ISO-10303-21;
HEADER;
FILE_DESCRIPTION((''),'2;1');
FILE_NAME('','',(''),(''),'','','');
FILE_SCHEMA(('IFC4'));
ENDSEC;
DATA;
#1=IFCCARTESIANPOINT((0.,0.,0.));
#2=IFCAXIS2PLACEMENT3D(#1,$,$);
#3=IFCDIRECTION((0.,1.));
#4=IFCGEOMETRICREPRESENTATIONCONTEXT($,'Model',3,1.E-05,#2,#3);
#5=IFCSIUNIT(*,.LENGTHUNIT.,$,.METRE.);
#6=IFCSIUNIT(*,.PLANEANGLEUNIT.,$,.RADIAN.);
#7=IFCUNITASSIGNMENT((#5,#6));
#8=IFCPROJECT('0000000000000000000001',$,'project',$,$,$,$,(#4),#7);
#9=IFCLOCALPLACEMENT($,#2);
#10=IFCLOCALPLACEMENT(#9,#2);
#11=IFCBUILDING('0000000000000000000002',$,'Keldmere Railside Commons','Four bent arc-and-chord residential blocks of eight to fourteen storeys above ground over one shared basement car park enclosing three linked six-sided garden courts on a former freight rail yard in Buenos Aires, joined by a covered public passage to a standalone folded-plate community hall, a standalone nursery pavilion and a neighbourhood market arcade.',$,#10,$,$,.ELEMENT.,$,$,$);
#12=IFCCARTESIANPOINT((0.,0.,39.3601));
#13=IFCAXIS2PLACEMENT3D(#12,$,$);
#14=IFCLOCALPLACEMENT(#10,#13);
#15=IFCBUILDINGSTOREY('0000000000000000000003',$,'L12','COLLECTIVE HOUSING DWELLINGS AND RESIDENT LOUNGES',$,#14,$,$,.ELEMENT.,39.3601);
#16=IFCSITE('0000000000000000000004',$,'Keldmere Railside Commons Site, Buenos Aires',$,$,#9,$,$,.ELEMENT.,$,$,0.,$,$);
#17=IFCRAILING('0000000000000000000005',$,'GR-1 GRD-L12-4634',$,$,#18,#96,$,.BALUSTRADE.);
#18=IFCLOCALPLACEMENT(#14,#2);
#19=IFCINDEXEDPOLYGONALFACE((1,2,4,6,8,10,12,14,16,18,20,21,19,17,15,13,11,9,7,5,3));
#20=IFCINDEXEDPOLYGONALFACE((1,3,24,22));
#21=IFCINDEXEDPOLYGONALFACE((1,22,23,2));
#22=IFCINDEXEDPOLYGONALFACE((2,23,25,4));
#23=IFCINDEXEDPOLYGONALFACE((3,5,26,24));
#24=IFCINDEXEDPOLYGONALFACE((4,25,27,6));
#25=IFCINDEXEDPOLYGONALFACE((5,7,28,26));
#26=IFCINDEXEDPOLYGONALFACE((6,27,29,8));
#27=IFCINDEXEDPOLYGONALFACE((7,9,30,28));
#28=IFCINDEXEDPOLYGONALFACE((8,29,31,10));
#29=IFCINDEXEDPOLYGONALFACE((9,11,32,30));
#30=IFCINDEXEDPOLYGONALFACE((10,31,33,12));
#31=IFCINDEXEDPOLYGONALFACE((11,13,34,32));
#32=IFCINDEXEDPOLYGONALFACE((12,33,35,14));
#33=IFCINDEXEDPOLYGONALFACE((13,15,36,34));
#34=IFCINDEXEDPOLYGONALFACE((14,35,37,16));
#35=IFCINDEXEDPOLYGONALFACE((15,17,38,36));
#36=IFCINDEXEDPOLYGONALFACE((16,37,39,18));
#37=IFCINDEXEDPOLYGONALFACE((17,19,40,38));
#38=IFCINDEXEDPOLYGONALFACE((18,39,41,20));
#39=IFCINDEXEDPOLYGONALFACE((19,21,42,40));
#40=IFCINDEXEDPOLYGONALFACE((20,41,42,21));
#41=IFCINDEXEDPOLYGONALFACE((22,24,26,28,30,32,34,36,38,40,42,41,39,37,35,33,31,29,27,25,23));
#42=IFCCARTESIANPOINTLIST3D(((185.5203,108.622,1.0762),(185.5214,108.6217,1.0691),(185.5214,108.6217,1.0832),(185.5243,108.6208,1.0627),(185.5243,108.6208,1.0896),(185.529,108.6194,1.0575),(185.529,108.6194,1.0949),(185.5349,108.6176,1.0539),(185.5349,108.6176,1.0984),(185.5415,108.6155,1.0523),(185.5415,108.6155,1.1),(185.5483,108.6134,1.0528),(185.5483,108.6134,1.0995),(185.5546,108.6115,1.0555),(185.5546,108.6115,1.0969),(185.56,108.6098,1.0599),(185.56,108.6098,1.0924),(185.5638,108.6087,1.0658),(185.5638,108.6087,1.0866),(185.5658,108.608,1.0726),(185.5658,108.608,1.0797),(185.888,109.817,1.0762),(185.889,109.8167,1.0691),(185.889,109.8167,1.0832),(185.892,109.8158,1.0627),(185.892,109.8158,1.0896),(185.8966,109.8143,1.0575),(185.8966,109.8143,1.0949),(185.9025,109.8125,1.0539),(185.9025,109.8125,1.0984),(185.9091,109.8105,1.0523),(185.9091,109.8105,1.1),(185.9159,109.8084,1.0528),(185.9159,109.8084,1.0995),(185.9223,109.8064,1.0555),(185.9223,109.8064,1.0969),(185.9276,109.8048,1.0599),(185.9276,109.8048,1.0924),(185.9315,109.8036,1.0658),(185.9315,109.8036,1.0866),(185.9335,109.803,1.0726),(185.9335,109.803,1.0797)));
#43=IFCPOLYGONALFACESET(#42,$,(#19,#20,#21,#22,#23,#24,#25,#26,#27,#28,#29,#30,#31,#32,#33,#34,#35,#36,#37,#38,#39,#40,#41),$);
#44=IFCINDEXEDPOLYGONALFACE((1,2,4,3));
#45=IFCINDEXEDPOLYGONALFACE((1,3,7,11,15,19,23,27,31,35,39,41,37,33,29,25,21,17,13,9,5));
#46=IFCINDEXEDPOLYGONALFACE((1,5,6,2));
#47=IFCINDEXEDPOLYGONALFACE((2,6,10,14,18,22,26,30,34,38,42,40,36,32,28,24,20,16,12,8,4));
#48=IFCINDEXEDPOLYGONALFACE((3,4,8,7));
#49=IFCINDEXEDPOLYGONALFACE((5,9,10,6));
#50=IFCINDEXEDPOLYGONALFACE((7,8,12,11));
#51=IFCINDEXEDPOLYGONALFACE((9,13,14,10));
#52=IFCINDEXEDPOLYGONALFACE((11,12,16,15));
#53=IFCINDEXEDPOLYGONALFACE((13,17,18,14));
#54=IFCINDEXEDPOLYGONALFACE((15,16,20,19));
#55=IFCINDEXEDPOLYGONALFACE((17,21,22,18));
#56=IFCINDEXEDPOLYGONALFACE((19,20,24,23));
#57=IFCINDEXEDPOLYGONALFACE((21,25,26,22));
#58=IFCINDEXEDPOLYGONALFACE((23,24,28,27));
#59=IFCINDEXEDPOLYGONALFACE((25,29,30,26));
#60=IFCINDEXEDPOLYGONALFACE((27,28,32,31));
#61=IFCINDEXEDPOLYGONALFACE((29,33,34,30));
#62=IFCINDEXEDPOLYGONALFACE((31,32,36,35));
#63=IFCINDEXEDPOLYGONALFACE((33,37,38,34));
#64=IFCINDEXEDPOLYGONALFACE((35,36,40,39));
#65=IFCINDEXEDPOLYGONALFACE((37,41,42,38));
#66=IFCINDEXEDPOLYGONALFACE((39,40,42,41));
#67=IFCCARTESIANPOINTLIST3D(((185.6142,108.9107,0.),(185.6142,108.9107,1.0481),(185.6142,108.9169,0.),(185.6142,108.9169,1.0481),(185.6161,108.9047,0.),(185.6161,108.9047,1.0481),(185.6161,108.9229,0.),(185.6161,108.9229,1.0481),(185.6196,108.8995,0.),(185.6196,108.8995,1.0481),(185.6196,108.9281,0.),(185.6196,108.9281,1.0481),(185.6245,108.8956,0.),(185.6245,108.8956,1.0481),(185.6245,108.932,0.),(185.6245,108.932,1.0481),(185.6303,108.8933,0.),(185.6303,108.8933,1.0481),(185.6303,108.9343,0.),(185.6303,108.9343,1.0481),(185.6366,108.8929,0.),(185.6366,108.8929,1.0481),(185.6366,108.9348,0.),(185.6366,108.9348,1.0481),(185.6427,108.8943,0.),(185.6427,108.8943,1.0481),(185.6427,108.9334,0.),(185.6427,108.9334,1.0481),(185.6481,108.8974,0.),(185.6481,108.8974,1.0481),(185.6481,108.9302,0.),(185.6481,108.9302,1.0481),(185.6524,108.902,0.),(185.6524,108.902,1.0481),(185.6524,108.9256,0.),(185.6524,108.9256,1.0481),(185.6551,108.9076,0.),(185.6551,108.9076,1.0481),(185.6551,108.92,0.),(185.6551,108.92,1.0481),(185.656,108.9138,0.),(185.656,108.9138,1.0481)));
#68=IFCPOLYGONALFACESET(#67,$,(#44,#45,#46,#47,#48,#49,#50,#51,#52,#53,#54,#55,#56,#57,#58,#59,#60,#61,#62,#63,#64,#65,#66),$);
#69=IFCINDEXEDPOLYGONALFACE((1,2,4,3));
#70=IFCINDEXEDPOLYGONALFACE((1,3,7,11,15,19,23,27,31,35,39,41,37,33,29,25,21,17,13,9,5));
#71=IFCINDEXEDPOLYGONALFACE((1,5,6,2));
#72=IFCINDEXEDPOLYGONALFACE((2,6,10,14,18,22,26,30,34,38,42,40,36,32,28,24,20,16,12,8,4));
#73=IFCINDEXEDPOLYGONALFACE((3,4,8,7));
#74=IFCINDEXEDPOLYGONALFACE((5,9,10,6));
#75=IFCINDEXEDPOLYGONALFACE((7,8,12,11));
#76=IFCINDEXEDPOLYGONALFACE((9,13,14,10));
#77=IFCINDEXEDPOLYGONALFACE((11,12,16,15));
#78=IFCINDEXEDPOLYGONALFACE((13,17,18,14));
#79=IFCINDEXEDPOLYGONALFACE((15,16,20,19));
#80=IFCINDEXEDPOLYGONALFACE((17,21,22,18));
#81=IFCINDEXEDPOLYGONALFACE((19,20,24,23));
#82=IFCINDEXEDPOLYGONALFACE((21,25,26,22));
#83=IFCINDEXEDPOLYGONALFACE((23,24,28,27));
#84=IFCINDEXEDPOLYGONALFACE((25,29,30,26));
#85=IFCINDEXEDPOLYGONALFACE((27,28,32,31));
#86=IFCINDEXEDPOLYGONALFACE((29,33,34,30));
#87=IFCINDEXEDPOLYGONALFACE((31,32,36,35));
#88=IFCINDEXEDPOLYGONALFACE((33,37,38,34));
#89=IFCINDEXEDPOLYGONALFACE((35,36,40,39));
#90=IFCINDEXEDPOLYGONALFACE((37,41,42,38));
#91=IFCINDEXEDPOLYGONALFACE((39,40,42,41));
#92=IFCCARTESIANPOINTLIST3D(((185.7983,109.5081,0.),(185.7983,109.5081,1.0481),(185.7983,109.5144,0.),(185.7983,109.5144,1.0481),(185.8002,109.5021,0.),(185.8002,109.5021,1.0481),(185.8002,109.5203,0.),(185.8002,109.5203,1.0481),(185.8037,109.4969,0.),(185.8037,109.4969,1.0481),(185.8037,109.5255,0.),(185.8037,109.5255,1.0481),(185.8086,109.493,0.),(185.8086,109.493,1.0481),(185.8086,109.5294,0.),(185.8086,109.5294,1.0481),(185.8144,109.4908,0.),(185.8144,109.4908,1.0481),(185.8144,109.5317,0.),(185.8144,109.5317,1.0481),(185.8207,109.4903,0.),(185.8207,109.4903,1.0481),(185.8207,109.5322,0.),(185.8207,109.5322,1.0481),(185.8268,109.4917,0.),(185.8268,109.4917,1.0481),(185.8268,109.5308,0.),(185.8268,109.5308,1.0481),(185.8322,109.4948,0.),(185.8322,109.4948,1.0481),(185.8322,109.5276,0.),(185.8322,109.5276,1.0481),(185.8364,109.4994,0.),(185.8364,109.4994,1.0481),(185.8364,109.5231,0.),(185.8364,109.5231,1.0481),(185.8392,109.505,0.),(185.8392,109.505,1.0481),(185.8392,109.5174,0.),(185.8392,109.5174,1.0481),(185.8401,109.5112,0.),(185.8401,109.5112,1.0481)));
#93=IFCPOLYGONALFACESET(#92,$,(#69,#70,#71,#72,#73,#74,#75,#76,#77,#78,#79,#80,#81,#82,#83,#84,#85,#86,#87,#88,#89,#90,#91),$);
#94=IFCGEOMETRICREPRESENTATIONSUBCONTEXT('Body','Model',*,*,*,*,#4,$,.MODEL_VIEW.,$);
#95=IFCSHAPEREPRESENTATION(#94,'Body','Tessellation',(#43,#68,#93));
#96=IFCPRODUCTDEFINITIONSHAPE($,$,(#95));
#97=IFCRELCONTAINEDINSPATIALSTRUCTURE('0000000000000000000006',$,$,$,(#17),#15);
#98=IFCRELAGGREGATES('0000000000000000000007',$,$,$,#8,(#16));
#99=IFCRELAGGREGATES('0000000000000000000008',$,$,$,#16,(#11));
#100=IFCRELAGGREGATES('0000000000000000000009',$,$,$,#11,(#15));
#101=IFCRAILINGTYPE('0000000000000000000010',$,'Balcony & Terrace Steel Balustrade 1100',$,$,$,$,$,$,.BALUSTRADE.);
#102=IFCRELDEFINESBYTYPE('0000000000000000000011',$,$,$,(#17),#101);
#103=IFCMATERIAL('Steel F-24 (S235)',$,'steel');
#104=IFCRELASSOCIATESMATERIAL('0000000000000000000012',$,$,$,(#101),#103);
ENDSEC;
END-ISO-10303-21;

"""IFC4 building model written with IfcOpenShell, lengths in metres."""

from ifc_helpers import new_model, si_unit, direction, frame, origin, origin_2d, place, context, subcontext, project, spatial, circle, extrude, material, type_object, element, save


model = new_model("IFC4")

# Units and contexts
model_context = context("Model", 3, precision=1e-05, world=origin(), true_north=direction((0.0, 1.0)))
body_context = subcontext(model_context, "Body", "Model", "MODEL_VIEW")
ifc_project = project(units=[si_unit("LENGTHUNIT", "METRE"), si_unit("PLANEANGLEUNIT", "RADIAN")], contexts=[model_context])

# Site, building, storey
site_placement = place(None, origin())
site = spatial("IfcSite", under=ifc_project, at=site_placement, Name="Keldmere Railside Commons Site, Buenos Aires", CompositionType="ELEMENT", RefElevation=0.0)
building_placement = place(site_placement, origin())
building = spatial("IfcBuilding", under=site, at=building_placement, Name="Keldmere Railside Commons", Description="Four bent arc-and-chord residential blocks of eight to fourteen storeys above ground over one shared basement car park enclosing three linked six-sided garden courts on a former freight rail yard in Buenos Aires, joined by a covered public passage to a standalone folded-plate community hall, a standalone nursery pavilion and a neighbourhood market arcade.", CompositionType="ELEMENT")
storey_placement = place(building_placement, frame((0.0, 0.0, 39.3601)))
storey = spatial("IfcBuildingStorey", under=building, at=storey_placement, Name="L12", Description="COLLECTIVE HOUSING DWELLINGS AND RESIDENT LOUNGES", CompositionType="ELEMENT", Elevation=39.3601)

# Railing
ifc_material_1 = material(Name="Steel F-24 (S235)", Category="steel")
railing_type = type_object("IfcRailingType", Name="Balcony & Terrace Steel Balustrade 1100", PredefinedType="BALUSTRADE", material=ifc_material_1)
railing_1_placement = place(storey_placement, frame((185.5432, 108.615, 0.0)))
element("IfcRailing", 1, at=railing_1_placement, inside=storey, type_object=railing_type, Name="GR-1 GRD-L12-4634", PredefinedType="BALUSTRADE", context=body_context, shape_type="SweptSolid", body=[
    extrude(circle(Radius=0.0239, at=origin_2d()), frame((0.0, 0.0, 1.0762), z_axis=(0.294058, 0.955787, 0.0), x_axis=(-0.955787, 0.294058, 0.0)), (0.0, 0.0, 1.0), 1.2502),
    extrude(circle(Radius=0.021, at=origin_2d()), frame((0.0918, 0.2988, 0.0)), (0.0, 0.0, 1.0), 1.0481),
    extrude(circle(Radius=0.021, at=origin_2d()), frame((0.2759, 0.8962, 0.0)), (0.0, 0.0, 1.0), 1.0481),
])

save(model, "model.ifc")
